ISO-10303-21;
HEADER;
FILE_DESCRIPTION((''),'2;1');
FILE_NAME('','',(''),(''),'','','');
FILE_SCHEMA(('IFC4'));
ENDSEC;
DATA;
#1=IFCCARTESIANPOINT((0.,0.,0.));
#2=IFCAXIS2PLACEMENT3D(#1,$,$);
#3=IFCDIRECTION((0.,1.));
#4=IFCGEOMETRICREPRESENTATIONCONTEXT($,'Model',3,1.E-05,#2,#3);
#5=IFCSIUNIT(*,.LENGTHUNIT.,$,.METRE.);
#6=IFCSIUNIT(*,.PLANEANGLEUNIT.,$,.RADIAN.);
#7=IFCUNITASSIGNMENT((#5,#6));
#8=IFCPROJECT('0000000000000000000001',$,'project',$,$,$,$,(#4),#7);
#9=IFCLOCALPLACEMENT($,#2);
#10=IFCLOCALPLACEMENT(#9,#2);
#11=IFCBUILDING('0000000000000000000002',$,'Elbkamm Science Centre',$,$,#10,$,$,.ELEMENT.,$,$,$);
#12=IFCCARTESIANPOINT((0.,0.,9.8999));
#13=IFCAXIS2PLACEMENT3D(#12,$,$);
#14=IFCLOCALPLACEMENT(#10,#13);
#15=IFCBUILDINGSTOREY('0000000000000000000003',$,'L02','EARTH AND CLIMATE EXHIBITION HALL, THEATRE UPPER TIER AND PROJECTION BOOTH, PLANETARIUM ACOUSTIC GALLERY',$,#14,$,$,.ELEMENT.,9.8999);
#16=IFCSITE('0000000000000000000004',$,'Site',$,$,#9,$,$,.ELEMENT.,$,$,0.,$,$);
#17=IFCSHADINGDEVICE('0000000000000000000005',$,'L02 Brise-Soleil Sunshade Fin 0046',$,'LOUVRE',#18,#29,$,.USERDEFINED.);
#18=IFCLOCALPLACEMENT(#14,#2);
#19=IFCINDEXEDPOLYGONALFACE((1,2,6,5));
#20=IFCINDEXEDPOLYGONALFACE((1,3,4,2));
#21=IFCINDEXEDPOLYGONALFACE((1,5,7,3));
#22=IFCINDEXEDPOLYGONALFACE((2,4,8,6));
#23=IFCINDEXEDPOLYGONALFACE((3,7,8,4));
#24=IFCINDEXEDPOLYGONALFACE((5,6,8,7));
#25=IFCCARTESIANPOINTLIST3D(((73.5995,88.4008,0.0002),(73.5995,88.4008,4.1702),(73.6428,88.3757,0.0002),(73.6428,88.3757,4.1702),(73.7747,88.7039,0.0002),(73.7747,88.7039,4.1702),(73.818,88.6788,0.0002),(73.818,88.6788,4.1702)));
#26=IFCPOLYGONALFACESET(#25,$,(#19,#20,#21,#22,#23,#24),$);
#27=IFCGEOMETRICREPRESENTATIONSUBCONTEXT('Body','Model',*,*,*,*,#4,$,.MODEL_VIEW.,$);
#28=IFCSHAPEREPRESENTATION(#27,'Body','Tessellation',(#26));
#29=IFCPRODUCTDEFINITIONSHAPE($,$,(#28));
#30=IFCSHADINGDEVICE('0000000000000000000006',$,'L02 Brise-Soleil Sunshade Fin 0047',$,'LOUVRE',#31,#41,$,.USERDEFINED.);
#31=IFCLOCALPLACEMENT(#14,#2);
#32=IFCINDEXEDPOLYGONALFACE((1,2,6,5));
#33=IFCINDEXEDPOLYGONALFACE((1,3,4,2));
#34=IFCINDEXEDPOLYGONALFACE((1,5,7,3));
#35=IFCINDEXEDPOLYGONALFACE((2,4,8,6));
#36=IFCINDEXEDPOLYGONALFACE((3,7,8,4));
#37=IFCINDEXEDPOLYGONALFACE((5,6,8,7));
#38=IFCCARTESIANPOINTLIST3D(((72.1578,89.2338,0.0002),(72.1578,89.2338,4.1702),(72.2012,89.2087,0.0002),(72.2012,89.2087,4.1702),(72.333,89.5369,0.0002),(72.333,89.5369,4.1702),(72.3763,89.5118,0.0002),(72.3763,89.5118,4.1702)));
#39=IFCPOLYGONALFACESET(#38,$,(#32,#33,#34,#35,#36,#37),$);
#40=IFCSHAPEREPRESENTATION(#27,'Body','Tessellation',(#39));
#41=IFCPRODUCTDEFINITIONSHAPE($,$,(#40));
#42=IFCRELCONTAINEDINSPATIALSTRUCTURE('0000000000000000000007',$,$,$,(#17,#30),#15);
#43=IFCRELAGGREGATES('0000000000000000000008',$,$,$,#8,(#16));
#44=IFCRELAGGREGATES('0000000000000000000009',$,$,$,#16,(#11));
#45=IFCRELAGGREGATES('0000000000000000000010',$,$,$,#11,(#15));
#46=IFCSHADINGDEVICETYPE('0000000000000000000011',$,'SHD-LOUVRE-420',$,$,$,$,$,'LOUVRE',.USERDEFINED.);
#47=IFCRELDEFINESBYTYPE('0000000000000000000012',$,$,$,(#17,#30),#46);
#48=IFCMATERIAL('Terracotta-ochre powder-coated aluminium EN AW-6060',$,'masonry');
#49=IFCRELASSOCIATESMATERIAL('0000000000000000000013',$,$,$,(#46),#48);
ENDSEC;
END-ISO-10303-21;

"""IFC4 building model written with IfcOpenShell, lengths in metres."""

from ifc_helpers import new_model, si_unit, direction, frame, origin, origin_2d, place, context, subcontext, project, spatial, rectangle, extrude, material, type_object, element, save


model = new_model("IFC4")

# Units and contexts
model_context = context("Model", 3, precision=1e-05, world=origin(), true_north=direction((0.0, 1.0)))
body_context = subcontext(model_context, "Body", "Model", "MODEL_VIEW")
ifc_project = project(units=[si_unit("LENGTHUNIT", "METRE"), si_unit("PLANEANGLEUNIT", "RADIAN")], contexts=[model_context])

# Site, building, storey
site_placement = place(None, origin())
site = spatial("IfcSite", under=ifc_project, at=site_placement, Name="Site", CompositionType="ELEMENT", RefElevation=0.0)
building_placement = place(site_placement, origin())
building = spatial("IfcBuilding", under=site, at=building_placement, Name="Elbkamm Science Centre", CompositionType="ELEMENT")
storey_placement = place(building_placement, frame((0.0, 0.0, 9.8999)))
storey = spatial("IfcBuildingStorey", under=building, at=storey_placement, Name="L02", Description="EARTH AND CLIMATE EXHIBITION HALL, THEATRE UPPER TIER AND PROJECTION BOOTH, PLANETARIUM ACOUSTIC GALLERY", CompositionType="ELEMENT", Elevation=9.8999)

# Shading devices
ifc_material_1 = material(Name="Terracotta-ochre powder-coated aluminium EN AW-6060", Category="masonry")
shading_device_type = type_object("IfcShadingDeviceType", Name="SHD-LOUVRE-420", ElementType="LOUVRE", PredefinedType="USERDEFINED", material=ifc_material_1)
for number, where, z_axis, x_axis, name in (
    (1, (73.7087, 88.5398, 0.0002), (0.0, 0.0, 1.0), (0.50032, 0.86584, 0.0), "L02 Brise-Soleil Sunshade Fin 0046"),
    (2, (72.2671, 89.3728, 0.0002), (0.0, 0.0, 1.0), (0.50032, 0.86584, 0.0), "L02 Brise-Soleil Sunshade Fin 0047"),
):
    element("IfcShadingDevice", number, at=place(storey_placement, frame(where, z_axis=z_axis, x_axis=x_axis)), inside=storey, type_object=shading_device_type, Name=name, ObjectType="LOUVRE", PredefinedType="USERDEFINED", context=body_context, shape_type="SweptSolid", body=[
        extrude(rectangle(XDim=0.3501, YDim=0.05, at=origin_2d()), origin(), (0.0, 0.0, 1.0), 4.1699),
    ])

save(model, "model.ifc")
